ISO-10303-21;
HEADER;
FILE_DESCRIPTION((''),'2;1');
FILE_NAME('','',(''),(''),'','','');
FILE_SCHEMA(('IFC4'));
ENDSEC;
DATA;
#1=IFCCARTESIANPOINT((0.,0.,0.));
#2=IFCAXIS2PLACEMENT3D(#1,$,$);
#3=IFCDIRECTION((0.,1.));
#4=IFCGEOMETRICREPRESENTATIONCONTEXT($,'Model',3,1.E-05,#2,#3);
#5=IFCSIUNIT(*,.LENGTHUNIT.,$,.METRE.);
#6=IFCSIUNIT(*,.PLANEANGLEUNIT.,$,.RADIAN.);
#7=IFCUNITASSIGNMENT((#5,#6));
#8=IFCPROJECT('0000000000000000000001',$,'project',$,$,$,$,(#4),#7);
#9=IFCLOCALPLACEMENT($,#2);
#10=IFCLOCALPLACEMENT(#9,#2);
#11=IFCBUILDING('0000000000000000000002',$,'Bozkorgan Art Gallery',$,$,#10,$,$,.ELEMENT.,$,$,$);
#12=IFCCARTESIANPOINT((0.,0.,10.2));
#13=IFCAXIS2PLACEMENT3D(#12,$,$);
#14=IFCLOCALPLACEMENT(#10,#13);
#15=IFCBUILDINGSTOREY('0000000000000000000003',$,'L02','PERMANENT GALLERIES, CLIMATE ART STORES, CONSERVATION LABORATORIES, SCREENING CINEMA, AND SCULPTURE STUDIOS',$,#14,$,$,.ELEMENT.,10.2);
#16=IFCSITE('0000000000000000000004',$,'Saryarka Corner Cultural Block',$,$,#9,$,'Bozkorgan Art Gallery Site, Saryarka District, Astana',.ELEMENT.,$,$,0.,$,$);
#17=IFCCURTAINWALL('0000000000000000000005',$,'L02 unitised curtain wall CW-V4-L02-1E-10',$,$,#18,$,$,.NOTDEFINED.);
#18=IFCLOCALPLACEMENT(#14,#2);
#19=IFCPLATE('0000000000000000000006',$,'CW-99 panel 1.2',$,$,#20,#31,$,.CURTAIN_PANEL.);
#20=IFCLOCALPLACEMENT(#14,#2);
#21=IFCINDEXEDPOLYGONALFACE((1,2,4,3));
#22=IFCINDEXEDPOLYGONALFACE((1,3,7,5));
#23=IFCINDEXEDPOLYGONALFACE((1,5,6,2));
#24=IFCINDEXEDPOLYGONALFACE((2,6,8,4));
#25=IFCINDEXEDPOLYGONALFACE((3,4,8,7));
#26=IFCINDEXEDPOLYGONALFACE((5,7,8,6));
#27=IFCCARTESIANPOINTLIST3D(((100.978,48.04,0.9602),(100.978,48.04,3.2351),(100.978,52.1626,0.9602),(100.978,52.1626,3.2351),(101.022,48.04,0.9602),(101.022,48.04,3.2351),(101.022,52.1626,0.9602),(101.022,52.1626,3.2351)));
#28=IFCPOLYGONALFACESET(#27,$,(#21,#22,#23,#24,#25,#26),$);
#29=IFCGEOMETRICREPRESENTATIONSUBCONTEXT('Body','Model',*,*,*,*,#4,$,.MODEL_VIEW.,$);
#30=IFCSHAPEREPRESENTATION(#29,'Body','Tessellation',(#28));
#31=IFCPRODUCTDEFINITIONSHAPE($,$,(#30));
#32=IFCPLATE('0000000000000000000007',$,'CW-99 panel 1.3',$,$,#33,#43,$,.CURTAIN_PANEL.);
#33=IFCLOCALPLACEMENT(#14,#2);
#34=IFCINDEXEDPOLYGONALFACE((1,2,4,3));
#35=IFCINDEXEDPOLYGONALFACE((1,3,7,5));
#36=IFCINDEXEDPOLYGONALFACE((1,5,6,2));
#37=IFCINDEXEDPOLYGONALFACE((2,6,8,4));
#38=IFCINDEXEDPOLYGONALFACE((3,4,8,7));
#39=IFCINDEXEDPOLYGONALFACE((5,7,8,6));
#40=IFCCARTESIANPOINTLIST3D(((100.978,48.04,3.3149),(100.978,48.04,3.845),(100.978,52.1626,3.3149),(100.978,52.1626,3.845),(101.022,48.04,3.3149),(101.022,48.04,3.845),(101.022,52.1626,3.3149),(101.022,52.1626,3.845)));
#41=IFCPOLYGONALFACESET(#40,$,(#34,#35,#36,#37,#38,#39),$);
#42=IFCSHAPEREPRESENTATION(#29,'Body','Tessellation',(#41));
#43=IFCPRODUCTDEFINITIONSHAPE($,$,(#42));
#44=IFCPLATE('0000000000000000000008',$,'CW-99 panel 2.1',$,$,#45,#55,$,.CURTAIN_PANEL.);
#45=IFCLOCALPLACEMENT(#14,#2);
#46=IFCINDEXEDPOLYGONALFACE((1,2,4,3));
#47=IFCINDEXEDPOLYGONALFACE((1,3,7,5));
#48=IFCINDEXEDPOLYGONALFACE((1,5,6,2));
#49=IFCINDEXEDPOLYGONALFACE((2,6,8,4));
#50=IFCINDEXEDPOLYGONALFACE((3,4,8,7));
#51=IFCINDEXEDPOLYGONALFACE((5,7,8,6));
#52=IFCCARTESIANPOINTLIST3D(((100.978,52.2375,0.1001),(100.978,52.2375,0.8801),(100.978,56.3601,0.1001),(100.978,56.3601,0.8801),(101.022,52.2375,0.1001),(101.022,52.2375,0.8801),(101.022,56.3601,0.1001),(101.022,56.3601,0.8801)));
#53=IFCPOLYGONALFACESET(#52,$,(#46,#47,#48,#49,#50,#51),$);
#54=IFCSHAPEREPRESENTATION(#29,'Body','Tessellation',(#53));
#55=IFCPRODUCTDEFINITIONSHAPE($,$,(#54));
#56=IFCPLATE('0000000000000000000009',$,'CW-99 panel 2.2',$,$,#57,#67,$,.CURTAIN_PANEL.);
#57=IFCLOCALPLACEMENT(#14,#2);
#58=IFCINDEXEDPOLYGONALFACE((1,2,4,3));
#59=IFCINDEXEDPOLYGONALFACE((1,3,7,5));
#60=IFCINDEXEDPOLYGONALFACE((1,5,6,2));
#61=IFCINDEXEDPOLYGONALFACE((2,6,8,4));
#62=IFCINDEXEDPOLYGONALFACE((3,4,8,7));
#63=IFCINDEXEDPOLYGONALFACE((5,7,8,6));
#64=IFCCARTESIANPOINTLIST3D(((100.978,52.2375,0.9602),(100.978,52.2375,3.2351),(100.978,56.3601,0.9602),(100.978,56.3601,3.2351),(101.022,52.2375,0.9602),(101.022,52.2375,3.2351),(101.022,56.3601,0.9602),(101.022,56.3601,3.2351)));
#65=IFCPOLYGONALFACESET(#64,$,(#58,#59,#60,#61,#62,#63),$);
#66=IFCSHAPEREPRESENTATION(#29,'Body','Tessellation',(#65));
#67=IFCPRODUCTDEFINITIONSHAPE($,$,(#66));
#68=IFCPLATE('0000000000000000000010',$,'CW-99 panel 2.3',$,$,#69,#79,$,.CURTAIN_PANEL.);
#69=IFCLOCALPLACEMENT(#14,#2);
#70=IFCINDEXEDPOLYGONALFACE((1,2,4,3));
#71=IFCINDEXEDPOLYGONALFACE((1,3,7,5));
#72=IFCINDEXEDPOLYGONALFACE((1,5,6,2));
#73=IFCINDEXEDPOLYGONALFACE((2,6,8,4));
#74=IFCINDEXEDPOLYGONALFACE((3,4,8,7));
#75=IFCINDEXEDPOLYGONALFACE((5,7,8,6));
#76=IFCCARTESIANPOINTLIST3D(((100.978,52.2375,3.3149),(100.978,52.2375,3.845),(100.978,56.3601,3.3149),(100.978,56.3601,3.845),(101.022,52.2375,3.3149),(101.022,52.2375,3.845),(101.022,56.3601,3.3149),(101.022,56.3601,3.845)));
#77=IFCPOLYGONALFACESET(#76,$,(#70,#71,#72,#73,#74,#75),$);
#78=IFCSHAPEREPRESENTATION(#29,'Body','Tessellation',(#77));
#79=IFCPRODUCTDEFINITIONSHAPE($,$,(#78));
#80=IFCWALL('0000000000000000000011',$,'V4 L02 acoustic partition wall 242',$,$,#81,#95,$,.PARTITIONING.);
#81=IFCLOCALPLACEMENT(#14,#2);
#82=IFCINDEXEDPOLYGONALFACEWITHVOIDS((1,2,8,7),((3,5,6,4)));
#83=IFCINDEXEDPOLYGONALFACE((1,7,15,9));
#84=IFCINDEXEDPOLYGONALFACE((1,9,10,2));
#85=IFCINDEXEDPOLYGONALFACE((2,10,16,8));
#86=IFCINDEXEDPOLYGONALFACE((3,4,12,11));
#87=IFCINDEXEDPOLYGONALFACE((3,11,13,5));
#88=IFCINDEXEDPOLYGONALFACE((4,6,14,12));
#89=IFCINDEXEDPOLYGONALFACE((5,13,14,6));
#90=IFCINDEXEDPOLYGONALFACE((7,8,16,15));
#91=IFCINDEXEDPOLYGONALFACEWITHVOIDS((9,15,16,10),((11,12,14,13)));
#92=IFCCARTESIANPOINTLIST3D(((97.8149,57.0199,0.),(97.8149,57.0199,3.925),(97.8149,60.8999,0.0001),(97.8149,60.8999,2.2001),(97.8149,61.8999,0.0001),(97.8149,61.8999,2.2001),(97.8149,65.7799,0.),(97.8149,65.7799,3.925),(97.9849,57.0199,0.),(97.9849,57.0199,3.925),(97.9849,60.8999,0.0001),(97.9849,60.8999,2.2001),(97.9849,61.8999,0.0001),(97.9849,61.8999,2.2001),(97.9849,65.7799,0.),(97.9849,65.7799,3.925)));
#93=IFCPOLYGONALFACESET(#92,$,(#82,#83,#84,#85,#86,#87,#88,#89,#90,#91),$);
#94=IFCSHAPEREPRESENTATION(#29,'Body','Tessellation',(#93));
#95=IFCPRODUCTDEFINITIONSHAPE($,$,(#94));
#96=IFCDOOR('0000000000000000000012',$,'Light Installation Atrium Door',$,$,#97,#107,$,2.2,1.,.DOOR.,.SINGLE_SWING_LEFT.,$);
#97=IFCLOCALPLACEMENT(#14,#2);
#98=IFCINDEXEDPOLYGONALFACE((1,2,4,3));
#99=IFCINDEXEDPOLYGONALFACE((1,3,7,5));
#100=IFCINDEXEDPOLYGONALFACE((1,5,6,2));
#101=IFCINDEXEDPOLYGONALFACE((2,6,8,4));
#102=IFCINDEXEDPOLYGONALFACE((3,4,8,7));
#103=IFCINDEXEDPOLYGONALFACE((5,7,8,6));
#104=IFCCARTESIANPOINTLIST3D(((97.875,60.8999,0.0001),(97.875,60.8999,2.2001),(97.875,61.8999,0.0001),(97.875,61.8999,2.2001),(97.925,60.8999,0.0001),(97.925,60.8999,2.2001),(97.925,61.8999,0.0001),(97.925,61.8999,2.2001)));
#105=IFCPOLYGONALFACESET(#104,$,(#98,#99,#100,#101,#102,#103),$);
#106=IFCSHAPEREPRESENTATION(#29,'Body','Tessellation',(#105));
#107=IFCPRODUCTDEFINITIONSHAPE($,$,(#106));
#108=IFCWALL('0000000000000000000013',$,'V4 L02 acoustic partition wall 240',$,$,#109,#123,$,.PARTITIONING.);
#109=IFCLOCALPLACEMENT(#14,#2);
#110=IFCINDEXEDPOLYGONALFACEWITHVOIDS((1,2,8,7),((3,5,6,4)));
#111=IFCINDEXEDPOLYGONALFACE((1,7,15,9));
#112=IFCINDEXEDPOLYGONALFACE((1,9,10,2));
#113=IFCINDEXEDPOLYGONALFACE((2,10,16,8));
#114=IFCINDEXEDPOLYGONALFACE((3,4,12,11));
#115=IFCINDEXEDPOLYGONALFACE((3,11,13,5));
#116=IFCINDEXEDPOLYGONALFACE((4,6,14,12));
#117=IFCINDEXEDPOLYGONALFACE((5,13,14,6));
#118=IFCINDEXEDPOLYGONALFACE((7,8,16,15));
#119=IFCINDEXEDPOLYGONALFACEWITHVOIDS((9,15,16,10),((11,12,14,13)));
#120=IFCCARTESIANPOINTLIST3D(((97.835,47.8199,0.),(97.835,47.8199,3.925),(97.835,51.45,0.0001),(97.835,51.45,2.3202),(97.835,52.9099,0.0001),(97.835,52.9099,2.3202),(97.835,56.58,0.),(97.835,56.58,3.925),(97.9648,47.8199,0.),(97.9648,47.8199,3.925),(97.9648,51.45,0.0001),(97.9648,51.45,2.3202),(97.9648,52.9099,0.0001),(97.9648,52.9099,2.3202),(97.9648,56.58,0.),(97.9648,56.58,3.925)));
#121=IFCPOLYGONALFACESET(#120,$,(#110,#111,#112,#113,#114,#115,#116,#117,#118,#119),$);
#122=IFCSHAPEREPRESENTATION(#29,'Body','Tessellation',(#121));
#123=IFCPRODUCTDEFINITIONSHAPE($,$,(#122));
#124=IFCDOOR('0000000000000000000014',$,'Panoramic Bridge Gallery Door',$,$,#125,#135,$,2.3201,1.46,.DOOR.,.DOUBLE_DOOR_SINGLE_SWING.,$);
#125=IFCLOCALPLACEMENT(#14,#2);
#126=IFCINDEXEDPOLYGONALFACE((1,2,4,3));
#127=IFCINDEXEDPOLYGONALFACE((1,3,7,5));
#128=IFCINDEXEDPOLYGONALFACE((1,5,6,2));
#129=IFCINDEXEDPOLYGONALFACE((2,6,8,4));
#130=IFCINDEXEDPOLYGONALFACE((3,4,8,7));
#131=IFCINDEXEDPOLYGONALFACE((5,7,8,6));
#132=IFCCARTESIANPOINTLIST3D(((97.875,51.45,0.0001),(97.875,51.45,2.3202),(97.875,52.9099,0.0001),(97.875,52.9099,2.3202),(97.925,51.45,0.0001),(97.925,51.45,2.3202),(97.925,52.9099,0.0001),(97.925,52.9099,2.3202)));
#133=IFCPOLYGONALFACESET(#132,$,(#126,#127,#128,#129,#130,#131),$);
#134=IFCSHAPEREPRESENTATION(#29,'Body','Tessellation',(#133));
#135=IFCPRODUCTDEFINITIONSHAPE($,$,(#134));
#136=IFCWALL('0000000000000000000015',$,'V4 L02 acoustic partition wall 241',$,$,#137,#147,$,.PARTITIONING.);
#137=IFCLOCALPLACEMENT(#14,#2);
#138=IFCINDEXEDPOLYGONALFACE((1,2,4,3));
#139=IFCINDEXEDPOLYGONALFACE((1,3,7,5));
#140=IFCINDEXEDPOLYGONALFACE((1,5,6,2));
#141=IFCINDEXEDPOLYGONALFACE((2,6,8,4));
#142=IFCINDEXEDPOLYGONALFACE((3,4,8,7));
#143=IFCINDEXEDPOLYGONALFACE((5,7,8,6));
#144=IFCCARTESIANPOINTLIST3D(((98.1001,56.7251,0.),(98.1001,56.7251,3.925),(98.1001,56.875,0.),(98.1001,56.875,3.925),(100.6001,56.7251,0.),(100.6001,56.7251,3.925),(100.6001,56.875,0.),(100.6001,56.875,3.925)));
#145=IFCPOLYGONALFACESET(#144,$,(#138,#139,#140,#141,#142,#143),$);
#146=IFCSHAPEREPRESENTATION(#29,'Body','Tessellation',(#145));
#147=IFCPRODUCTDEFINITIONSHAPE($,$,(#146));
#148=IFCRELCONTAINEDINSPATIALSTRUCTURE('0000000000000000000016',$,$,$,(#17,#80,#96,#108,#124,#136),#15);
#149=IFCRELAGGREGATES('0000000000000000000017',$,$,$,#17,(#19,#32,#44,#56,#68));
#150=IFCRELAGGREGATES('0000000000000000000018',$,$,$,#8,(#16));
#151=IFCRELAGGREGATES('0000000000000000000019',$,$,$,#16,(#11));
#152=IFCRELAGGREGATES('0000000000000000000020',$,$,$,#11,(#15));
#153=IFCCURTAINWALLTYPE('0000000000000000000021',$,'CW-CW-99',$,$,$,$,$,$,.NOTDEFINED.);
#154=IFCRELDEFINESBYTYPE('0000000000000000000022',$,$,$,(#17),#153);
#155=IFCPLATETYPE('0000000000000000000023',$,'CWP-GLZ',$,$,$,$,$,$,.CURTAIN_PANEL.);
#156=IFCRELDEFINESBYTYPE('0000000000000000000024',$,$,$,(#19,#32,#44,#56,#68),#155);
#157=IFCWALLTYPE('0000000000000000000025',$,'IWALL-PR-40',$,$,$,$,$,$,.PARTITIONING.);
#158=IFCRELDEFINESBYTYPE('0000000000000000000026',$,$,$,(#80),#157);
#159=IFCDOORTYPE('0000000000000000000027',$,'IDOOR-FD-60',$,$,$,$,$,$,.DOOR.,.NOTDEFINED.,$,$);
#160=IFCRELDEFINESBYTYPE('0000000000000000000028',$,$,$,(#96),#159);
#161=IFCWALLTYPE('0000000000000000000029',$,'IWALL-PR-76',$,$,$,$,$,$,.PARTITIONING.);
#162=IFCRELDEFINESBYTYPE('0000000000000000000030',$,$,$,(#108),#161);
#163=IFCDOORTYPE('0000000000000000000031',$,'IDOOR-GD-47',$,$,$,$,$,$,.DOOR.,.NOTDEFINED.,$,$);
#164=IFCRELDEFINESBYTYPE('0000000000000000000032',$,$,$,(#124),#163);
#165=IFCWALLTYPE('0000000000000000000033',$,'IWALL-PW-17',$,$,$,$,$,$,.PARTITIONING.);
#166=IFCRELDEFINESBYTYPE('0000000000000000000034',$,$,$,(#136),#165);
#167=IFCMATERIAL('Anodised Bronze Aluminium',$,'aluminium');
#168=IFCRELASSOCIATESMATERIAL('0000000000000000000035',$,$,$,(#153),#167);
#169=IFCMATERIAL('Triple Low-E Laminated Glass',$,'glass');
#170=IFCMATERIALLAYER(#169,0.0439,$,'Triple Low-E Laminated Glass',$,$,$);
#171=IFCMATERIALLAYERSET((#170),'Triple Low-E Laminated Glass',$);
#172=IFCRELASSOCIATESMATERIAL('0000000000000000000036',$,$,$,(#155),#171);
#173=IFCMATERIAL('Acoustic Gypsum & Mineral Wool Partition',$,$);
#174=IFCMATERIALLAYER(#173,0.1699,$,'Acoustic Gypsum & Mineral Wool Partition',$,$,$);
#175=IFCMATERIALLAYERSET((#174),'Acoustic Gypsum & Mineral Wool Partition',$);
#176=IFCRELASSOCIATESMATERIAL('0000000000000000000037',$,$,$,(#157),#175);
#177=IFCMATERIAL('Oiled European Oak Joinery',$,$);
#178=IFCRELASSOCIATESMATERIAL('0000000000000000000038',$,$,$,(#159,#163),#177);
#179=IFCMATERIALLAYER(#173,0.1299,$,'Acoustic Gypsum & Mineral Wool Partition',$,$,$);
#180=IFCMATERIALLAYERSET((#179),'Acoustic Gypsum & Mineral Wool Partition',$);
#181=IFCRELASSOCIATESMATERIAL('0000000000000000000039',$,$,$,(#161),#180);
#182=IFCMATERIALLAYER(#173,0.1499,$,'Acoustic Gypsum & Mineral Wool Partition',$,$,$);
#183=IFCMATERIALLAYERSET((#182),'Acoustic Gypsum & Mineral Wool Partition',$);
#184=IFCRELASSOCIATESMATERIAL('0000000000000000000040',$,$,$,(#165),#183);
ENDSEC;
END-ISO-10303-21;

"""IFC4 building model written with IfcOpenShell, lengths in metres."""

from ifc_helpers import new_model, si_unit, direction, frame, frame_2d, origin, origin_2d, place, context, subcontext, project, spatial, rectangle, extrude, material, layer, layer_set, type_object, element, fill, aggregate, save


model = new_model("IFC4")

# Units and contexts
model_context = context("Model", 3, precision=1e-05, world=origin(), true_north=direction((0.0, 1.0)))
body_context = subcontext(model_context, "Body", "Model", "MODEL_VIEW")
ifc_project = project(units=[si_unit("LENGTHUNIT", "METRE"), si_unit("PLANEANGLEUNIT", "RADIAN")], contexts=[model_context])

# Site, building, storey
site_placement = place(None, origin())
site = spatial("IfcSite", under=ifc_project, at=site_placement, Name="Saryarka Corner Cultural Block", LongName="Bozkorgan Art Gallery Site, Saryarka District, Astana", CompositionType="ELEMENT", RefElevation=0.0)
building_placement = place(site_placement, origin())
building = spatial("IfcBuilding", under=site, at=building_placement, Name="Bozkorgan Art Gallery", CompositionType="ELEMENT")
storey_placement = place(building_placement, frame((0.0, 0.0, 10.2)))
storey = spatial("IfcBuildingStorey", under=building, at=storey_placement, Name="L02", Description="PERMANENT GALLERIES, CLIMATE ART STORES, CONSERVATION LABORATORIES, SCREENING CINEMA, AND SCULPTURE STUDIOS", CompositionType="ELEMENT", Elevation=10.2)

# Curtain wall
ifc_material_1 = material(Name="Anodised Bronze Aluminium", Category="aluminium")
curtain_wall_type = type_object("IfcCurtainWallType", Name="CW-CW-99", PredefinedType="NOTDEFINED", material=ifc_material_1)
curtain_wall_1_placement = place(storey_placement, origin())
curtain_wall_1 = element("IfcCurtainWall", 1, at=curtain_wall_1_placement, inside=storey, type_object=curtain_wall_type, Name="L02 unitised curtain wall CW-V4-L02-1E-10", PredefinedType="NOTDEFINED")

# Plates
ifc_material_2 = material(Name="Triple Low-E Laminated Glass", Category="glass")
ifc_layer_1 = layer(ifc_material_2, 0.0439, Name="Triple Low-E Laminated Glass")
ifc_layer_set_1 = layer_set([ifc_layer_1], Name="Triple Low-E Laminated Glass")
plate_type = type_object("IfcPlateType", Name="CWP-GLZ", PredefinedType="CURTAIN_PANEL", material=ifc_layer_set_1)
plate_1_placement = place(storey_placement, frame((101.0, 50.1013, 0.9602), z_axis=(0.0, 0.0, 1.0), x_axis=(0.0, 1.0, 0.0)))
plate_1 = element("IfcPlate", 2, at=plate_1_placement, type_object=plate_type, Name="CW-99 panel 1.2", PredefinedType="CURTAIN_PANEL", context=body_context, shape_type="SweptSolid", body=[
    extrude(rectangle(XDim=4.1226, YDim=0.0439, at=origin_2d()), origin(), (0.0, 0.0, 1.0), 2.2749),
])
plate_2_placement = place(storey_placement, frame((101.0, 50.1013, 3.3149), z_axis=(0.0, 0.0, 1.0), x_axis=(0.0, 1.0, 0.0)))
plate_2 = element("IfcPlate", 3, at=plate_2_placement, type_object=plate_type, Name="CW-99 panel 1.3", PredefinedType="CURTAIN_PANEL", context=body_context, shape_type="SweptSolid", body=[
    extrude(rectangle(XDim=4.1226, YDim=0.0439, at=origin_2d()), origin(), (0.0, 0.0, 1.0), 0.53),
])
plate_3_placement = place(storey_placement, frame((101.0, 54.2988, 0.1001), z_axis=(0.0, 0.0, 1.0), x_axis=(0.0, 1.0, 0.0)))
plate_3 = element("IfcPlate", 4, at=plate_3_placement, type_object=plate_type, Name="CW-99 panel 2.1", PredefinedType="CURTAIN_PANEL", context=body_context, shape_type="SweptSolid", body=[
    extrude(rectangle(XDim=4.1226, YDim=0.0439, at=origin_2d()), origin(), (0.0, 0.0, 1.0), 0.78),
])
plate_4_placement = place(storey_placement, frame((101.0, 54.2988, 0.9602), z_axis=(0.0, 0.0, 1.0), x_axis=(0.0, 1.0, 0.0)))
plate_4 = element("IfcPlate", 5, at=plate_4_placement, type_object=plate_type, Name="CW-99 panel 2.2", PredefinedType="CURTAIN_PANEL", context=body_context, shape_type="SweptSolid", body=[
    extrude(rectangle(XDim=4.1226, YDim=0.0439, at=origin_2d()), origin(), (0.0, 0.0, 1.0), 2.2749),
])
plate_5_placement = place(storey_placement, frame((101.0, 54.2988, 3.3149), z_axis=(0.0, 0.0, 1.0), x_axis=(0.0, 1.0, 0.0)))
plate_5 = element("IfcPlate", 6, at=plate_5_placement, type_object=plate_type, Name="CW-99 panel 2.3", PredefinedType="CURTAIN_PANEL", context=body_context, shape_type="SweptSolid", body=[
    extrude(rectangle(XDim=4.1226, YDim=0.0439, at=origin_2d()), origin(), (0.0, 0.0, 1.0), 0.53),
])
aggregate(curtain_wall_1, [plate_1, plate_2, plate_3, plate_4, plate_5])

# Walls, openings, doors
ifc_material_3 = material(Name="Acoustic Gypsum & Mineral Wool Partition")
ifc_layer_2 = layer(ifc_material_3, 0.1699, Name="Acoustic Gypsum & Mineral Wool Partition")
ifc_layer_set_2 = layer_set([ifc_layer_2], Name="Acoustic Gypsum & Mineral Wool Partition")
wall_type_1 = type_object("IfcWallType", Name="IWALL-PR-40", PredefinedType="PARTITIONING", material=ifc_layer_set_2)
wall_1_placement = place(storey_placement, frame((97.8999, 57.02, 0.0), z_axis=(0.0, 0.0, 1.0), x_axis=(0.0, 1.0, 0.0)))
wall_1 = element("IfcWall", 7, at=wall_1_placement, inside=storey, type_object=wall_type_1, Name="V4 L02 acoustic partition wall 242", PredefinedType="PARTITIONING", context=body_context, shape_type="SweptSolid", body=[
    extrude(rectangle(XDim=8.76, YDim=0.1699, at=frame_2d((4.3799, 0.0))), origin(), (0.0, 0.0, 1.0), 3.925),
])
opening_1_placement = place(wall_1_placement, frame((3.8799, 0.0, 0.0)))
opening_1 = element("IfcOpeningElement", 8, at=opening_1_placement, cuts=wall_1, PredefinedType="OPENING", context=body_context, shape_type="SweptSolid", body=[
    extrude(rectangle(XDim=1.0, YDim=2.2, at=frame_2d((0.5, 1.1001))), frame((0.0, 0.095, 0.0), z_axis=(0.0, -1.0, 0.0), x_axis=(1.0, 0.0, 0.0)), (0.0, 0.0, 1.0), 0.1899),
])
ifc_material_4 = material(Name="Oiled European Oak Joinery")
door_type_1 = type_object("IfcDoorType", Name="IDOOR-FD-60", OperationType="NOTDEFINED", PredefinedType="DOOR", material=ifc_material_4)
door_1_placement = place(opening_1_placement, origin())
door_1 = element("IfcDoor", 9, at=door_1_placement, inside=storey, type_object=door_type_1, Name="Light Installation Atrium Door", OperationType="SINGLE_SWING_LEFT", OverallHeight=2.2, OverallWidth=1.0, PredefinedType="DOOR", context=body_context, shape_type="SweptSolid", body=[
    extrude(rectangle(XDim=1.0, YDim=2.2, at=frame_2d((0.5, 1.1001))), frame((0.0, 0.0249, 0.0), z_axis=(0.0, -1.0, 0.0), x_axis=(1.0, 0.0, 0.0)), (0.0, 0.0, 1.0), 0.05),
])
fill(opening_1, door_1)
ifc_layer_3 = layer(ifc_material_3, 0.1299, Name="Acoustic Gypsum & Mineral Wool Partition")
ifc_layer_set_3 = layer_set([ifc_layer_3], Name="Acoustic Gypsum & Mineral Wool Partition")
wall_type_2 = type_object("IfcWallType", Name="IWALL-PR-76", PredefinedType="PARTITIONING", material=ifc_layer_set_3)
wall_2_placement = place(storey_placement, frame((97.8999, 47.8201, 0.0), z_axis=(0.0, 0.0, 1.0), x_axis=(0.0, 1.0, 0.0)))
wall_2 = element("IfcWall", 10, at=wall_2_placement, inside=storey, type_object=wall_type_2, Name="V4 L02 acoustic partition wall 240", PredefinedType="PARTITIONING", context=body_context, shape_type="SweptSolid", body=[
    extrude(rectangle(XDim=8.76, YDim=0.1299, at=frame_2d((4.3799, 0.0))), origin(), (0.0, 0.0, 1.0), 3.925),
])
opening_2_placement = place(wall_2_placement, frame((3.6299, 0.0, 0.0)))
opening_2 = element("IfcOpeningElement", 11, at=opening_2_placement, cuts=wall_2, PredefinedType="OPENING", context=body_context, shape_type="SweptSolid", body=[
    extrude(rectangle(XDim=1.46, YDim=2.3201, at=frame_2d((0.73, 1.1602))), frame((0.0, 0.075, 0.0), z_axis=(0.0, -1.0, 0.0), x_axis=(1.0, 0.0, 0.0)), (0.0, 0.0, 1.0), 0.1499),
])
door_type_2 = type_object("IfcDoorType", Name="IDOOR-GD-47", OperationType="NOTDEFINED", PredefinedType="DOOR", material=ifc_material_4)
door_2_placement = place(opening_2_placement, origin())
door_2 = element("IfcDoor", 12, at=door_2_placement, inside=storey, type_object=door_type_2, Name="Panoramic Bridge Gallery Door", OperationType="DOUBLE_DOOR_SINGLE_SWING", OverallHeight=2.3201, OverallWidth=1.46, PredefinedType="DOOR", context=body_context, shape_type="SweptSolid", body=[
    extrude(rectangle(XDim=1.46, YDim=2.3201, at=frame_2d((0.73, 1.1602))), frame((0.0, 0.0249, 0.0), z_axis=(0.0, -1.0, 0.0), x_axis=(1.0, 0.0, 0.0)), (0.0, 0.0, 1.0), 0.05),
])
fill(opening_2, door_2)

# Wall
ifc_layer_4 = layer(ifc_material_3, 0.1499, Name="Acoustic Gypsum & Mineral Wool Partition")
ifc_layer_set_4 = layer_set([ifc_layer_4], Name="Acoustic Gypsum & Mineral Wool Partition")
wall_type_3 = type_object("IfcWallType", Name="IWALL-PW-17", PredefinedType="PARTITIONING", material=ifc_layer_set_4)
wall_3_placement = place(storey_placement, frame((98.1001, 56.8, 0.0), z_axis=(0.0, 0.0, 1.0), x_axis=(1.0, 0.0, 0.0)))
element("IfcWall", 13, at=wall_3_placement, inside=storey, type_object=wall_type_3, Name="V4 L02 acoustic partition wall 241", PredefinedType="PARTITIONING", context=body_context, shape_type="SweptSolid", body=[
    extrude(rectangle(XDim=2.5, YDim=0.1499, at=frame_2d((1.25, 0.0))), origin(), (0.0, 0.0, 1.0), 3.925),
])

save(model, "model.ifc")
